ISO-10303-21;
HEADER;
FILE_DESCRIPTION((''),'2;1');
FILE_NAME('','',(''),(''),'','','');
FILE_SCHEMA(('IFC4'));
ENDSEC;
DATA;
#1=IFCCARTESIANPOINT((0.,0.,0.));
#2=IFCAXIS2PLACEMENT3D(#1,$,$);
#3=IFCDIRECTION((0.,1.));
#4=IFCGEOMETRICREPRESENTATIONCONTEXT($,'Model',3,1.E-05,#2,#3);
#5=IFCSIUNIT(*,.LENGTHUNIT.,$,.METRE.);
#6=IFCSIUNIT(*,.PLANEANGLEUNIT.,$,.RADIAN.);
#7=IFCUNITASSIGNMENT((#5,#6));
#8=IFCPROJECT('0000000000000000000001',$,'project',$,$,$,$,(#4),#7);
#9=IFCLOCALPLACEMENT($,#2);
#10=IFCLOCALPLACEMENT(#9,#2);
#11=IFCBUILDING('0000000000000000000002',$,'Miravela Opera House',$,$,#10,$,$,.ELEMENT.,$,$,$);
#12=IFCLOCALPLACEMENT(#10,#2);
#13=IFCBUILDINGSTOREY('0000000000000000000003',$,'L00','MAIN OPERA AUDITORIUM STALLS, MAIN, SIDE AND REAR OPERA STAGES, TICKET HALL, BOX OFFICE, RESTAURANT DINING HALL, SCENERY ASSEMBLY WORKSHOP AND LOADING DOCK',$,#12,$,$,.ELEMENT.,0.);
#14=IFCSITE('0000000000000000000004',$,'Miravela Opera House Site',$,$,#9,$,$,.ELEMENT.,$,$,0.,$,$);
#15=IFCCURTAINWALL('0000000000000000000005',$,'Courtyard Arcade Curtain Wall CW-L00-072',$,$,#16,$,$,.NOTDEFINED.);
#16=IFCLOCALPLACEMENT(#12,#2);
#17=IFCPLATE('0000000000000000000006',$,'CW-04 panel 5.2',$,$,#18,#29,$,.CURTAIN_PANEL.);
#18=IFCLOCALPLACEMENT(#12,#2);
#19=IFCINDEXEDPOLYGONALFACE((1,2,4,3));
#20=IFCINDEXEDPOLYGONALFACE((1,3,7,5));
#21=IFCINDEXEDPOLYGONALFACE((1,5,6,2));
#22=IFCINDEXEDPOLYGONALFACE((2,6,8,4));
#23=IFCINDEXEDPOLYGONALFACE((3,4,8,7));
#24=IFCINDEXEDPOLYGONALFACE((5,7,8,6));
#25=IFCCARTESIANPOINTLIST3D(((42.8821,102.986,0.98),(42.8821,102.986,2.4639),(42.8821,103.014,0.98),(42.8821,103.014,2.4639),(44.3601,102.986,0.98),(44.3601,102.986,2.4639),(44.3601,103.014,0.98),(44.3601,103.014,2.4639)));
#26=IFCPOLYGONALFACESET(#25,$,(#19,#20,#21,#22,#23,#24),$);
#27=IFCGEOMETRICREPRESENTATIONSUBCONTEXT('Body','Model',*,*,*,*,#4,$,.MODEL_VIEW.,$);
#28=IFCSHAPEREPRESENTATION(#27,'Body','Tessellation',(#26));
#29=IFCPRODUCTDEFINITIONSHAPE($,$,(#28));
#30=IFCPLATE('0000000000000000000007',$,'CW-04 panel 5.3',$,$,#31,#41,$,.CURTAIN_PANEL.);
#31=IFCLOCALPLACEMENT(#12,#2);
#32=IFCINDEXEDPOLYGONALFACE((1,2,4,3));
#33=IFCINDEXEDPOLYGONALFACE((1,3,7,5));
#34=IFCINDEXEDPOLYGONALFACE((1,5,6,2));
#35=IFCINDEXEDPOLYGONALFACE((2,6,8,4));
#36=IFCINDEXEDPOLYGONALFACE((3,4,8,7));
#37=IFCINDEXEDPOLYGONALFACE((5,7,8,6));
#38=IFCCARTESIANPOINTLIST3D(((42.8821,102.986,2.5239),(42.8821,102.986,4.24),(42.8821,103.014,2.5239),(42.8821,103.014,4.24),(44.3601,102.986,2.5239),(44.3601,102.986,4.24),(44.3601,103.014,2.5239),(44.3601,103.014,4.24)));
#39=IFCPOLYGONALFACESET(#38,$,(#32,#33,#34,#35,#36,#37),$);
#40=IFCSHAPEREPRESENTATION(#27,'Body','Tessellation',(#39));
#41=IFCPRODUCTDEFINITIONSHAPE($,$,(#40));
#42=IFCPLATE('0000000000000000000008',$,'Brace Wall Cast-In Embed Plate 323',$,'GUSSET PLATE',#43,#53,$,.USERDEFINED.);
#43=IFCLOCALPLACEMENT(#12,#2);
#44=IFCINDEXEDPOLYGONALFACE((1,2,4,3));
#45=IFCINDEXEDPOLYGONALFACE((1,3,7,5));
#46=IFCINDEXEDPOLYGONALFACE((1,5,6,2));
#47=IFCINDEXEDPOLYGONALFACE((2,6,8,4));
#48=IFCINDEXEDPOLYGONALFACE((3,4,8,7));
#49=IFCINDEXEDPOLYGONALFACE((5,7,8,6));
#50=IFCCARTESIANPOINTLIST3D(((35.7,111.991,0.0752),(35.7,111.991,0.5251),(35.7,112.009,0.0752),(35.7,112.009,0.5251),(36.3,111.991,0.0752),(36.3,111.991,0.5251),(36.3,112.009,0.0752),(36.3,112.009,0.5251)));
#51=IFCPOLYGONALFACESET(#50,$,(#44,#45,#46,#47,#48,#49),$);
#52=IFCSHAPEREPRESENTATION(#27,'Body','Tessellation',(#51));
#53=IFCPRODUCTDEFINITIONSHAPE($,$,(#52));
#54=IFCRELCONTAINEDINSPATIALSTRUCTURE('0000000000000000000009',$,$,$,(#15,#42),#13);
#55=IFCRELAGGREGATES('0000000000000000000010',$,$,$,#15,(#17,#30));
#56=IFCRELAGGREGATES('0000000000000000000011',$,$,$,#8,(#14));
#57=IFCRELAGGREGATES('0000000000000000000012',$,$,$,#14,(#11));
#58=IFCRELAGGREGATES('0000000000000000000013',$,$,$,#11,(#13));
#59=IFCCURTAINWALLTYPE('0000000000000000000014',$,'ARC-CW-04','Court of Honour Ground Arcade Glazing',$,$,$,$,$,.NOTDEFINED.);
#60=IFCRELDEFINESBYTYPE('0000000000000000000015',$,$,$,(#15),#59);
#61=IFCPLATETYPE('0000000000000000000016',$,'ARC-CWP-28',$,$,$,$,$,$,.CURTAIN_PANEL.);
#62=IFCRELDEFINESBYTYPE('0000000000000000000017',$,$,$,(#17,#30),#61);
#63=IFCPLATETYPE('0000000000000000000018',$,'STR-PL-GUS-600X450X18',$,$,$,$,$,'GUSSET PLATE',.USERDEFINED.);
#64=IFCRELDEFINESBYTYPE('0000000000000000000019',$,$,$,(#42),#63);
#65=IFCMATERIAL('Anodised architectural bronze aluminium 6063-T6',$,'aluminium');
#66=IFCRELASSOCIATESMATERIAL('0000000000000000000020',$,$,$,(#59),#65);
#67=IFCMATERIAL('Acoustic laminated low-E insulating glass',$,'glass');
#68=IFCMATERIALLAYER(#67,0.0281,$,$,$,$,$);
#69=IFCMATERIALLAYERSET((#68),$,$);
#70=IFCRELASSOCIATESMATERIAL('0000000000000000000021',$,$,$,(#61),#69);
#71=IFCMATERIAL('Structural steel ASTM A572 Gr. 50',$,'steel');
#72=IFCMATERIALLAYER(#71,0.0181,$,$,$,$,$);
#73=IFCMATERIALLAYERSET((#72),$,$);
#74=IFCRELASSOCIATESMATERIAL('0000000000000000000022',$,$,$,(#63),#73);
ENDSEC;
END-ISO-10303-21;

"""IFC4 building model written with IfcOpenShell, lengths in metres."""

from ifc_helpers import new_model, si_unit, direction, frame, origin, origin_2d, place, context, subcontext, project, spatial, rectangle, extrude, material, layer, layer_set, type_object, element, aggregate, save


model = new_model("IFC4")

# Units and contexts
model_context = context("Model", 3, precision=1e-05, world=origin(), true_north=direction((0.0, 1.0)))
body_context = subcontext(model_context, "Body", "Model", "MODEL_VIEW")
ifc_project = project(units=[si_unit("LENGTHUNIT", "METRE"), si_unit("PLANEANGLEUNIT", "RADIAN")], contexts=[model_context])

# Site, building, storey
site_placement = place(None, origin())
site = spatial("IfcSite", under=ifc_project, at=site_placement, Name="Miravela Opera House Site", CompositionType="ELEMENT", RefElevation=0.0)
building_placement = place(site_placement, origin())
building = spatial("IfcBuilding", under=site, at=building_placement, Name="Miravela Opera House", CompositionType="ELEMENT")
storey_placement = place(building_placement, origin())
storey = spatial("IfcBuildingStorey", under=building, at=storey_placement, Name="L00", Description="MAIN OPERA AUDITORIUM STALLS, MAIN, SIDE AND REAR OPERA STAGES, TICKET HALL, BOX OFFICE, RESTAURANT DINING HALL, SCENERY ASSEMBLY WORKSHOP AND LOADING DOCK", CompositionType="ELEMENT", Elevation=0.0)

# Curtain wall
ifc_material_1 = material(Name="Anodised architectural bronze aluminium 6063-T6", Category="aluminium")
curtain_wall_type = type_object("IfcCurtainWallType", Name="ARC-CW-04", Description="Court of Honour Ground Arcade Glazing", PredefinedType="NOTDEFINED", material=ifc_material_1)
curtain_wall_1_placement = place(storey_placement, origin())
curtain_wall_1 = element("IfcCurtainWall", 1, at=curtain_wall_1_placement, inside=storey, type_object=curtain_wall_type, Name="Courtyard Arcade Curtain Wall CW-L00-072", PredefinedType="NOTDEFINED")

# Plates
ifc_material_2 = material(Name="Acoustic laminated low-E insulating glass", Category="glass")
ifc_layer_1 = layer(ifc_material_2, 0.0281)
ifc_layer_set_1 = layer_set([ifc_layer_1])
plate_type_1 = type_object("IfcPlateType", Name="ARC-CWP-28", PredefinedType="CURTAIN_PANEL", material=ifc_layer_set_1)
plate_1_placement = place(storey_placement, frame((43.6211, 103.0, 0.98), z_axis=(0.0, 0.0, 1.0), x_axis=(1.0, 0.0, 0.0)))
plate_1 = element("IfcPlate", 2, at=plate_1_placement, type_object=plate_type_1, Name="CW-04 panel 5.2", PredefinedType="CURTAIN_PANEL", context=body_context, shape_type="SweptSolid", body=[
    extrude(rectangle(XDim=1.478, YDim=0.0281, at=origin_2d()), origin(), (0.0, 0.0, 1.0), 1.4839),
])
plate_2_placement = place(storey_placement, frame((43.6211, 103.0, 2.5239), z_axis=(0.0, 0.0, 1.0), x_axis=(1.0, 0.0, 0.0)))
plate_2 = element("IfcPlate", 3, at=plate_2_placement, type_object=plate_type_1, Name="CW-04 panel 5.3", PredefinedType="CURTAIN_PANEL", context=body_context, shape_type="SweptSolid", body=[
    extrude(rectangle(XDim=1.478, YDim=0.0281, at=origin_2d()), origin(), (0.0, 0.0, 1.0), 1.7161),
])
aggregate(curtain_wall_1, [plate_1, plate_2])
ifc_material_3 = material(Name="Structural steel ASTM A572 Gr. 50", Category="steel")
ifc_layer_2 = layer(ifc_material_3, 0.0181)
ifc_layer_set_2 = layer_set([ifc_layer_2])
plate_type_2 = type_object("IfcPlateType", Name="STR-PL-GUS-600X450X18", ElementType="GUSSET PLATE", PredefinedType="USERDEFINED", material=ifc_layer_set_2)
plate_3_placement = place(storey_placement, frame((36.0, 112.0, 0.0752), z_axis=(0.0, 0.0, 1.0), x_axis=(1.0, 0.0, 0.0)))
element("IfcPlate", 4, at=plate_3_placement, inside=storey, type_object=plate_type_2, Name="Brace Wall Cast-In Embed Plate 323", ObjectType="GUSSET PLATE", PredefinedType="USERDEFINED", context=body_context, shape_type="SweptSolid", body=[
    extrude(rectangle(XDim=0.6001, YDim=0.0181, at=origin_2d()), origin(), (0.0, 0.0, 1.0), 0.45),
])

save(model, "model.ifc")
